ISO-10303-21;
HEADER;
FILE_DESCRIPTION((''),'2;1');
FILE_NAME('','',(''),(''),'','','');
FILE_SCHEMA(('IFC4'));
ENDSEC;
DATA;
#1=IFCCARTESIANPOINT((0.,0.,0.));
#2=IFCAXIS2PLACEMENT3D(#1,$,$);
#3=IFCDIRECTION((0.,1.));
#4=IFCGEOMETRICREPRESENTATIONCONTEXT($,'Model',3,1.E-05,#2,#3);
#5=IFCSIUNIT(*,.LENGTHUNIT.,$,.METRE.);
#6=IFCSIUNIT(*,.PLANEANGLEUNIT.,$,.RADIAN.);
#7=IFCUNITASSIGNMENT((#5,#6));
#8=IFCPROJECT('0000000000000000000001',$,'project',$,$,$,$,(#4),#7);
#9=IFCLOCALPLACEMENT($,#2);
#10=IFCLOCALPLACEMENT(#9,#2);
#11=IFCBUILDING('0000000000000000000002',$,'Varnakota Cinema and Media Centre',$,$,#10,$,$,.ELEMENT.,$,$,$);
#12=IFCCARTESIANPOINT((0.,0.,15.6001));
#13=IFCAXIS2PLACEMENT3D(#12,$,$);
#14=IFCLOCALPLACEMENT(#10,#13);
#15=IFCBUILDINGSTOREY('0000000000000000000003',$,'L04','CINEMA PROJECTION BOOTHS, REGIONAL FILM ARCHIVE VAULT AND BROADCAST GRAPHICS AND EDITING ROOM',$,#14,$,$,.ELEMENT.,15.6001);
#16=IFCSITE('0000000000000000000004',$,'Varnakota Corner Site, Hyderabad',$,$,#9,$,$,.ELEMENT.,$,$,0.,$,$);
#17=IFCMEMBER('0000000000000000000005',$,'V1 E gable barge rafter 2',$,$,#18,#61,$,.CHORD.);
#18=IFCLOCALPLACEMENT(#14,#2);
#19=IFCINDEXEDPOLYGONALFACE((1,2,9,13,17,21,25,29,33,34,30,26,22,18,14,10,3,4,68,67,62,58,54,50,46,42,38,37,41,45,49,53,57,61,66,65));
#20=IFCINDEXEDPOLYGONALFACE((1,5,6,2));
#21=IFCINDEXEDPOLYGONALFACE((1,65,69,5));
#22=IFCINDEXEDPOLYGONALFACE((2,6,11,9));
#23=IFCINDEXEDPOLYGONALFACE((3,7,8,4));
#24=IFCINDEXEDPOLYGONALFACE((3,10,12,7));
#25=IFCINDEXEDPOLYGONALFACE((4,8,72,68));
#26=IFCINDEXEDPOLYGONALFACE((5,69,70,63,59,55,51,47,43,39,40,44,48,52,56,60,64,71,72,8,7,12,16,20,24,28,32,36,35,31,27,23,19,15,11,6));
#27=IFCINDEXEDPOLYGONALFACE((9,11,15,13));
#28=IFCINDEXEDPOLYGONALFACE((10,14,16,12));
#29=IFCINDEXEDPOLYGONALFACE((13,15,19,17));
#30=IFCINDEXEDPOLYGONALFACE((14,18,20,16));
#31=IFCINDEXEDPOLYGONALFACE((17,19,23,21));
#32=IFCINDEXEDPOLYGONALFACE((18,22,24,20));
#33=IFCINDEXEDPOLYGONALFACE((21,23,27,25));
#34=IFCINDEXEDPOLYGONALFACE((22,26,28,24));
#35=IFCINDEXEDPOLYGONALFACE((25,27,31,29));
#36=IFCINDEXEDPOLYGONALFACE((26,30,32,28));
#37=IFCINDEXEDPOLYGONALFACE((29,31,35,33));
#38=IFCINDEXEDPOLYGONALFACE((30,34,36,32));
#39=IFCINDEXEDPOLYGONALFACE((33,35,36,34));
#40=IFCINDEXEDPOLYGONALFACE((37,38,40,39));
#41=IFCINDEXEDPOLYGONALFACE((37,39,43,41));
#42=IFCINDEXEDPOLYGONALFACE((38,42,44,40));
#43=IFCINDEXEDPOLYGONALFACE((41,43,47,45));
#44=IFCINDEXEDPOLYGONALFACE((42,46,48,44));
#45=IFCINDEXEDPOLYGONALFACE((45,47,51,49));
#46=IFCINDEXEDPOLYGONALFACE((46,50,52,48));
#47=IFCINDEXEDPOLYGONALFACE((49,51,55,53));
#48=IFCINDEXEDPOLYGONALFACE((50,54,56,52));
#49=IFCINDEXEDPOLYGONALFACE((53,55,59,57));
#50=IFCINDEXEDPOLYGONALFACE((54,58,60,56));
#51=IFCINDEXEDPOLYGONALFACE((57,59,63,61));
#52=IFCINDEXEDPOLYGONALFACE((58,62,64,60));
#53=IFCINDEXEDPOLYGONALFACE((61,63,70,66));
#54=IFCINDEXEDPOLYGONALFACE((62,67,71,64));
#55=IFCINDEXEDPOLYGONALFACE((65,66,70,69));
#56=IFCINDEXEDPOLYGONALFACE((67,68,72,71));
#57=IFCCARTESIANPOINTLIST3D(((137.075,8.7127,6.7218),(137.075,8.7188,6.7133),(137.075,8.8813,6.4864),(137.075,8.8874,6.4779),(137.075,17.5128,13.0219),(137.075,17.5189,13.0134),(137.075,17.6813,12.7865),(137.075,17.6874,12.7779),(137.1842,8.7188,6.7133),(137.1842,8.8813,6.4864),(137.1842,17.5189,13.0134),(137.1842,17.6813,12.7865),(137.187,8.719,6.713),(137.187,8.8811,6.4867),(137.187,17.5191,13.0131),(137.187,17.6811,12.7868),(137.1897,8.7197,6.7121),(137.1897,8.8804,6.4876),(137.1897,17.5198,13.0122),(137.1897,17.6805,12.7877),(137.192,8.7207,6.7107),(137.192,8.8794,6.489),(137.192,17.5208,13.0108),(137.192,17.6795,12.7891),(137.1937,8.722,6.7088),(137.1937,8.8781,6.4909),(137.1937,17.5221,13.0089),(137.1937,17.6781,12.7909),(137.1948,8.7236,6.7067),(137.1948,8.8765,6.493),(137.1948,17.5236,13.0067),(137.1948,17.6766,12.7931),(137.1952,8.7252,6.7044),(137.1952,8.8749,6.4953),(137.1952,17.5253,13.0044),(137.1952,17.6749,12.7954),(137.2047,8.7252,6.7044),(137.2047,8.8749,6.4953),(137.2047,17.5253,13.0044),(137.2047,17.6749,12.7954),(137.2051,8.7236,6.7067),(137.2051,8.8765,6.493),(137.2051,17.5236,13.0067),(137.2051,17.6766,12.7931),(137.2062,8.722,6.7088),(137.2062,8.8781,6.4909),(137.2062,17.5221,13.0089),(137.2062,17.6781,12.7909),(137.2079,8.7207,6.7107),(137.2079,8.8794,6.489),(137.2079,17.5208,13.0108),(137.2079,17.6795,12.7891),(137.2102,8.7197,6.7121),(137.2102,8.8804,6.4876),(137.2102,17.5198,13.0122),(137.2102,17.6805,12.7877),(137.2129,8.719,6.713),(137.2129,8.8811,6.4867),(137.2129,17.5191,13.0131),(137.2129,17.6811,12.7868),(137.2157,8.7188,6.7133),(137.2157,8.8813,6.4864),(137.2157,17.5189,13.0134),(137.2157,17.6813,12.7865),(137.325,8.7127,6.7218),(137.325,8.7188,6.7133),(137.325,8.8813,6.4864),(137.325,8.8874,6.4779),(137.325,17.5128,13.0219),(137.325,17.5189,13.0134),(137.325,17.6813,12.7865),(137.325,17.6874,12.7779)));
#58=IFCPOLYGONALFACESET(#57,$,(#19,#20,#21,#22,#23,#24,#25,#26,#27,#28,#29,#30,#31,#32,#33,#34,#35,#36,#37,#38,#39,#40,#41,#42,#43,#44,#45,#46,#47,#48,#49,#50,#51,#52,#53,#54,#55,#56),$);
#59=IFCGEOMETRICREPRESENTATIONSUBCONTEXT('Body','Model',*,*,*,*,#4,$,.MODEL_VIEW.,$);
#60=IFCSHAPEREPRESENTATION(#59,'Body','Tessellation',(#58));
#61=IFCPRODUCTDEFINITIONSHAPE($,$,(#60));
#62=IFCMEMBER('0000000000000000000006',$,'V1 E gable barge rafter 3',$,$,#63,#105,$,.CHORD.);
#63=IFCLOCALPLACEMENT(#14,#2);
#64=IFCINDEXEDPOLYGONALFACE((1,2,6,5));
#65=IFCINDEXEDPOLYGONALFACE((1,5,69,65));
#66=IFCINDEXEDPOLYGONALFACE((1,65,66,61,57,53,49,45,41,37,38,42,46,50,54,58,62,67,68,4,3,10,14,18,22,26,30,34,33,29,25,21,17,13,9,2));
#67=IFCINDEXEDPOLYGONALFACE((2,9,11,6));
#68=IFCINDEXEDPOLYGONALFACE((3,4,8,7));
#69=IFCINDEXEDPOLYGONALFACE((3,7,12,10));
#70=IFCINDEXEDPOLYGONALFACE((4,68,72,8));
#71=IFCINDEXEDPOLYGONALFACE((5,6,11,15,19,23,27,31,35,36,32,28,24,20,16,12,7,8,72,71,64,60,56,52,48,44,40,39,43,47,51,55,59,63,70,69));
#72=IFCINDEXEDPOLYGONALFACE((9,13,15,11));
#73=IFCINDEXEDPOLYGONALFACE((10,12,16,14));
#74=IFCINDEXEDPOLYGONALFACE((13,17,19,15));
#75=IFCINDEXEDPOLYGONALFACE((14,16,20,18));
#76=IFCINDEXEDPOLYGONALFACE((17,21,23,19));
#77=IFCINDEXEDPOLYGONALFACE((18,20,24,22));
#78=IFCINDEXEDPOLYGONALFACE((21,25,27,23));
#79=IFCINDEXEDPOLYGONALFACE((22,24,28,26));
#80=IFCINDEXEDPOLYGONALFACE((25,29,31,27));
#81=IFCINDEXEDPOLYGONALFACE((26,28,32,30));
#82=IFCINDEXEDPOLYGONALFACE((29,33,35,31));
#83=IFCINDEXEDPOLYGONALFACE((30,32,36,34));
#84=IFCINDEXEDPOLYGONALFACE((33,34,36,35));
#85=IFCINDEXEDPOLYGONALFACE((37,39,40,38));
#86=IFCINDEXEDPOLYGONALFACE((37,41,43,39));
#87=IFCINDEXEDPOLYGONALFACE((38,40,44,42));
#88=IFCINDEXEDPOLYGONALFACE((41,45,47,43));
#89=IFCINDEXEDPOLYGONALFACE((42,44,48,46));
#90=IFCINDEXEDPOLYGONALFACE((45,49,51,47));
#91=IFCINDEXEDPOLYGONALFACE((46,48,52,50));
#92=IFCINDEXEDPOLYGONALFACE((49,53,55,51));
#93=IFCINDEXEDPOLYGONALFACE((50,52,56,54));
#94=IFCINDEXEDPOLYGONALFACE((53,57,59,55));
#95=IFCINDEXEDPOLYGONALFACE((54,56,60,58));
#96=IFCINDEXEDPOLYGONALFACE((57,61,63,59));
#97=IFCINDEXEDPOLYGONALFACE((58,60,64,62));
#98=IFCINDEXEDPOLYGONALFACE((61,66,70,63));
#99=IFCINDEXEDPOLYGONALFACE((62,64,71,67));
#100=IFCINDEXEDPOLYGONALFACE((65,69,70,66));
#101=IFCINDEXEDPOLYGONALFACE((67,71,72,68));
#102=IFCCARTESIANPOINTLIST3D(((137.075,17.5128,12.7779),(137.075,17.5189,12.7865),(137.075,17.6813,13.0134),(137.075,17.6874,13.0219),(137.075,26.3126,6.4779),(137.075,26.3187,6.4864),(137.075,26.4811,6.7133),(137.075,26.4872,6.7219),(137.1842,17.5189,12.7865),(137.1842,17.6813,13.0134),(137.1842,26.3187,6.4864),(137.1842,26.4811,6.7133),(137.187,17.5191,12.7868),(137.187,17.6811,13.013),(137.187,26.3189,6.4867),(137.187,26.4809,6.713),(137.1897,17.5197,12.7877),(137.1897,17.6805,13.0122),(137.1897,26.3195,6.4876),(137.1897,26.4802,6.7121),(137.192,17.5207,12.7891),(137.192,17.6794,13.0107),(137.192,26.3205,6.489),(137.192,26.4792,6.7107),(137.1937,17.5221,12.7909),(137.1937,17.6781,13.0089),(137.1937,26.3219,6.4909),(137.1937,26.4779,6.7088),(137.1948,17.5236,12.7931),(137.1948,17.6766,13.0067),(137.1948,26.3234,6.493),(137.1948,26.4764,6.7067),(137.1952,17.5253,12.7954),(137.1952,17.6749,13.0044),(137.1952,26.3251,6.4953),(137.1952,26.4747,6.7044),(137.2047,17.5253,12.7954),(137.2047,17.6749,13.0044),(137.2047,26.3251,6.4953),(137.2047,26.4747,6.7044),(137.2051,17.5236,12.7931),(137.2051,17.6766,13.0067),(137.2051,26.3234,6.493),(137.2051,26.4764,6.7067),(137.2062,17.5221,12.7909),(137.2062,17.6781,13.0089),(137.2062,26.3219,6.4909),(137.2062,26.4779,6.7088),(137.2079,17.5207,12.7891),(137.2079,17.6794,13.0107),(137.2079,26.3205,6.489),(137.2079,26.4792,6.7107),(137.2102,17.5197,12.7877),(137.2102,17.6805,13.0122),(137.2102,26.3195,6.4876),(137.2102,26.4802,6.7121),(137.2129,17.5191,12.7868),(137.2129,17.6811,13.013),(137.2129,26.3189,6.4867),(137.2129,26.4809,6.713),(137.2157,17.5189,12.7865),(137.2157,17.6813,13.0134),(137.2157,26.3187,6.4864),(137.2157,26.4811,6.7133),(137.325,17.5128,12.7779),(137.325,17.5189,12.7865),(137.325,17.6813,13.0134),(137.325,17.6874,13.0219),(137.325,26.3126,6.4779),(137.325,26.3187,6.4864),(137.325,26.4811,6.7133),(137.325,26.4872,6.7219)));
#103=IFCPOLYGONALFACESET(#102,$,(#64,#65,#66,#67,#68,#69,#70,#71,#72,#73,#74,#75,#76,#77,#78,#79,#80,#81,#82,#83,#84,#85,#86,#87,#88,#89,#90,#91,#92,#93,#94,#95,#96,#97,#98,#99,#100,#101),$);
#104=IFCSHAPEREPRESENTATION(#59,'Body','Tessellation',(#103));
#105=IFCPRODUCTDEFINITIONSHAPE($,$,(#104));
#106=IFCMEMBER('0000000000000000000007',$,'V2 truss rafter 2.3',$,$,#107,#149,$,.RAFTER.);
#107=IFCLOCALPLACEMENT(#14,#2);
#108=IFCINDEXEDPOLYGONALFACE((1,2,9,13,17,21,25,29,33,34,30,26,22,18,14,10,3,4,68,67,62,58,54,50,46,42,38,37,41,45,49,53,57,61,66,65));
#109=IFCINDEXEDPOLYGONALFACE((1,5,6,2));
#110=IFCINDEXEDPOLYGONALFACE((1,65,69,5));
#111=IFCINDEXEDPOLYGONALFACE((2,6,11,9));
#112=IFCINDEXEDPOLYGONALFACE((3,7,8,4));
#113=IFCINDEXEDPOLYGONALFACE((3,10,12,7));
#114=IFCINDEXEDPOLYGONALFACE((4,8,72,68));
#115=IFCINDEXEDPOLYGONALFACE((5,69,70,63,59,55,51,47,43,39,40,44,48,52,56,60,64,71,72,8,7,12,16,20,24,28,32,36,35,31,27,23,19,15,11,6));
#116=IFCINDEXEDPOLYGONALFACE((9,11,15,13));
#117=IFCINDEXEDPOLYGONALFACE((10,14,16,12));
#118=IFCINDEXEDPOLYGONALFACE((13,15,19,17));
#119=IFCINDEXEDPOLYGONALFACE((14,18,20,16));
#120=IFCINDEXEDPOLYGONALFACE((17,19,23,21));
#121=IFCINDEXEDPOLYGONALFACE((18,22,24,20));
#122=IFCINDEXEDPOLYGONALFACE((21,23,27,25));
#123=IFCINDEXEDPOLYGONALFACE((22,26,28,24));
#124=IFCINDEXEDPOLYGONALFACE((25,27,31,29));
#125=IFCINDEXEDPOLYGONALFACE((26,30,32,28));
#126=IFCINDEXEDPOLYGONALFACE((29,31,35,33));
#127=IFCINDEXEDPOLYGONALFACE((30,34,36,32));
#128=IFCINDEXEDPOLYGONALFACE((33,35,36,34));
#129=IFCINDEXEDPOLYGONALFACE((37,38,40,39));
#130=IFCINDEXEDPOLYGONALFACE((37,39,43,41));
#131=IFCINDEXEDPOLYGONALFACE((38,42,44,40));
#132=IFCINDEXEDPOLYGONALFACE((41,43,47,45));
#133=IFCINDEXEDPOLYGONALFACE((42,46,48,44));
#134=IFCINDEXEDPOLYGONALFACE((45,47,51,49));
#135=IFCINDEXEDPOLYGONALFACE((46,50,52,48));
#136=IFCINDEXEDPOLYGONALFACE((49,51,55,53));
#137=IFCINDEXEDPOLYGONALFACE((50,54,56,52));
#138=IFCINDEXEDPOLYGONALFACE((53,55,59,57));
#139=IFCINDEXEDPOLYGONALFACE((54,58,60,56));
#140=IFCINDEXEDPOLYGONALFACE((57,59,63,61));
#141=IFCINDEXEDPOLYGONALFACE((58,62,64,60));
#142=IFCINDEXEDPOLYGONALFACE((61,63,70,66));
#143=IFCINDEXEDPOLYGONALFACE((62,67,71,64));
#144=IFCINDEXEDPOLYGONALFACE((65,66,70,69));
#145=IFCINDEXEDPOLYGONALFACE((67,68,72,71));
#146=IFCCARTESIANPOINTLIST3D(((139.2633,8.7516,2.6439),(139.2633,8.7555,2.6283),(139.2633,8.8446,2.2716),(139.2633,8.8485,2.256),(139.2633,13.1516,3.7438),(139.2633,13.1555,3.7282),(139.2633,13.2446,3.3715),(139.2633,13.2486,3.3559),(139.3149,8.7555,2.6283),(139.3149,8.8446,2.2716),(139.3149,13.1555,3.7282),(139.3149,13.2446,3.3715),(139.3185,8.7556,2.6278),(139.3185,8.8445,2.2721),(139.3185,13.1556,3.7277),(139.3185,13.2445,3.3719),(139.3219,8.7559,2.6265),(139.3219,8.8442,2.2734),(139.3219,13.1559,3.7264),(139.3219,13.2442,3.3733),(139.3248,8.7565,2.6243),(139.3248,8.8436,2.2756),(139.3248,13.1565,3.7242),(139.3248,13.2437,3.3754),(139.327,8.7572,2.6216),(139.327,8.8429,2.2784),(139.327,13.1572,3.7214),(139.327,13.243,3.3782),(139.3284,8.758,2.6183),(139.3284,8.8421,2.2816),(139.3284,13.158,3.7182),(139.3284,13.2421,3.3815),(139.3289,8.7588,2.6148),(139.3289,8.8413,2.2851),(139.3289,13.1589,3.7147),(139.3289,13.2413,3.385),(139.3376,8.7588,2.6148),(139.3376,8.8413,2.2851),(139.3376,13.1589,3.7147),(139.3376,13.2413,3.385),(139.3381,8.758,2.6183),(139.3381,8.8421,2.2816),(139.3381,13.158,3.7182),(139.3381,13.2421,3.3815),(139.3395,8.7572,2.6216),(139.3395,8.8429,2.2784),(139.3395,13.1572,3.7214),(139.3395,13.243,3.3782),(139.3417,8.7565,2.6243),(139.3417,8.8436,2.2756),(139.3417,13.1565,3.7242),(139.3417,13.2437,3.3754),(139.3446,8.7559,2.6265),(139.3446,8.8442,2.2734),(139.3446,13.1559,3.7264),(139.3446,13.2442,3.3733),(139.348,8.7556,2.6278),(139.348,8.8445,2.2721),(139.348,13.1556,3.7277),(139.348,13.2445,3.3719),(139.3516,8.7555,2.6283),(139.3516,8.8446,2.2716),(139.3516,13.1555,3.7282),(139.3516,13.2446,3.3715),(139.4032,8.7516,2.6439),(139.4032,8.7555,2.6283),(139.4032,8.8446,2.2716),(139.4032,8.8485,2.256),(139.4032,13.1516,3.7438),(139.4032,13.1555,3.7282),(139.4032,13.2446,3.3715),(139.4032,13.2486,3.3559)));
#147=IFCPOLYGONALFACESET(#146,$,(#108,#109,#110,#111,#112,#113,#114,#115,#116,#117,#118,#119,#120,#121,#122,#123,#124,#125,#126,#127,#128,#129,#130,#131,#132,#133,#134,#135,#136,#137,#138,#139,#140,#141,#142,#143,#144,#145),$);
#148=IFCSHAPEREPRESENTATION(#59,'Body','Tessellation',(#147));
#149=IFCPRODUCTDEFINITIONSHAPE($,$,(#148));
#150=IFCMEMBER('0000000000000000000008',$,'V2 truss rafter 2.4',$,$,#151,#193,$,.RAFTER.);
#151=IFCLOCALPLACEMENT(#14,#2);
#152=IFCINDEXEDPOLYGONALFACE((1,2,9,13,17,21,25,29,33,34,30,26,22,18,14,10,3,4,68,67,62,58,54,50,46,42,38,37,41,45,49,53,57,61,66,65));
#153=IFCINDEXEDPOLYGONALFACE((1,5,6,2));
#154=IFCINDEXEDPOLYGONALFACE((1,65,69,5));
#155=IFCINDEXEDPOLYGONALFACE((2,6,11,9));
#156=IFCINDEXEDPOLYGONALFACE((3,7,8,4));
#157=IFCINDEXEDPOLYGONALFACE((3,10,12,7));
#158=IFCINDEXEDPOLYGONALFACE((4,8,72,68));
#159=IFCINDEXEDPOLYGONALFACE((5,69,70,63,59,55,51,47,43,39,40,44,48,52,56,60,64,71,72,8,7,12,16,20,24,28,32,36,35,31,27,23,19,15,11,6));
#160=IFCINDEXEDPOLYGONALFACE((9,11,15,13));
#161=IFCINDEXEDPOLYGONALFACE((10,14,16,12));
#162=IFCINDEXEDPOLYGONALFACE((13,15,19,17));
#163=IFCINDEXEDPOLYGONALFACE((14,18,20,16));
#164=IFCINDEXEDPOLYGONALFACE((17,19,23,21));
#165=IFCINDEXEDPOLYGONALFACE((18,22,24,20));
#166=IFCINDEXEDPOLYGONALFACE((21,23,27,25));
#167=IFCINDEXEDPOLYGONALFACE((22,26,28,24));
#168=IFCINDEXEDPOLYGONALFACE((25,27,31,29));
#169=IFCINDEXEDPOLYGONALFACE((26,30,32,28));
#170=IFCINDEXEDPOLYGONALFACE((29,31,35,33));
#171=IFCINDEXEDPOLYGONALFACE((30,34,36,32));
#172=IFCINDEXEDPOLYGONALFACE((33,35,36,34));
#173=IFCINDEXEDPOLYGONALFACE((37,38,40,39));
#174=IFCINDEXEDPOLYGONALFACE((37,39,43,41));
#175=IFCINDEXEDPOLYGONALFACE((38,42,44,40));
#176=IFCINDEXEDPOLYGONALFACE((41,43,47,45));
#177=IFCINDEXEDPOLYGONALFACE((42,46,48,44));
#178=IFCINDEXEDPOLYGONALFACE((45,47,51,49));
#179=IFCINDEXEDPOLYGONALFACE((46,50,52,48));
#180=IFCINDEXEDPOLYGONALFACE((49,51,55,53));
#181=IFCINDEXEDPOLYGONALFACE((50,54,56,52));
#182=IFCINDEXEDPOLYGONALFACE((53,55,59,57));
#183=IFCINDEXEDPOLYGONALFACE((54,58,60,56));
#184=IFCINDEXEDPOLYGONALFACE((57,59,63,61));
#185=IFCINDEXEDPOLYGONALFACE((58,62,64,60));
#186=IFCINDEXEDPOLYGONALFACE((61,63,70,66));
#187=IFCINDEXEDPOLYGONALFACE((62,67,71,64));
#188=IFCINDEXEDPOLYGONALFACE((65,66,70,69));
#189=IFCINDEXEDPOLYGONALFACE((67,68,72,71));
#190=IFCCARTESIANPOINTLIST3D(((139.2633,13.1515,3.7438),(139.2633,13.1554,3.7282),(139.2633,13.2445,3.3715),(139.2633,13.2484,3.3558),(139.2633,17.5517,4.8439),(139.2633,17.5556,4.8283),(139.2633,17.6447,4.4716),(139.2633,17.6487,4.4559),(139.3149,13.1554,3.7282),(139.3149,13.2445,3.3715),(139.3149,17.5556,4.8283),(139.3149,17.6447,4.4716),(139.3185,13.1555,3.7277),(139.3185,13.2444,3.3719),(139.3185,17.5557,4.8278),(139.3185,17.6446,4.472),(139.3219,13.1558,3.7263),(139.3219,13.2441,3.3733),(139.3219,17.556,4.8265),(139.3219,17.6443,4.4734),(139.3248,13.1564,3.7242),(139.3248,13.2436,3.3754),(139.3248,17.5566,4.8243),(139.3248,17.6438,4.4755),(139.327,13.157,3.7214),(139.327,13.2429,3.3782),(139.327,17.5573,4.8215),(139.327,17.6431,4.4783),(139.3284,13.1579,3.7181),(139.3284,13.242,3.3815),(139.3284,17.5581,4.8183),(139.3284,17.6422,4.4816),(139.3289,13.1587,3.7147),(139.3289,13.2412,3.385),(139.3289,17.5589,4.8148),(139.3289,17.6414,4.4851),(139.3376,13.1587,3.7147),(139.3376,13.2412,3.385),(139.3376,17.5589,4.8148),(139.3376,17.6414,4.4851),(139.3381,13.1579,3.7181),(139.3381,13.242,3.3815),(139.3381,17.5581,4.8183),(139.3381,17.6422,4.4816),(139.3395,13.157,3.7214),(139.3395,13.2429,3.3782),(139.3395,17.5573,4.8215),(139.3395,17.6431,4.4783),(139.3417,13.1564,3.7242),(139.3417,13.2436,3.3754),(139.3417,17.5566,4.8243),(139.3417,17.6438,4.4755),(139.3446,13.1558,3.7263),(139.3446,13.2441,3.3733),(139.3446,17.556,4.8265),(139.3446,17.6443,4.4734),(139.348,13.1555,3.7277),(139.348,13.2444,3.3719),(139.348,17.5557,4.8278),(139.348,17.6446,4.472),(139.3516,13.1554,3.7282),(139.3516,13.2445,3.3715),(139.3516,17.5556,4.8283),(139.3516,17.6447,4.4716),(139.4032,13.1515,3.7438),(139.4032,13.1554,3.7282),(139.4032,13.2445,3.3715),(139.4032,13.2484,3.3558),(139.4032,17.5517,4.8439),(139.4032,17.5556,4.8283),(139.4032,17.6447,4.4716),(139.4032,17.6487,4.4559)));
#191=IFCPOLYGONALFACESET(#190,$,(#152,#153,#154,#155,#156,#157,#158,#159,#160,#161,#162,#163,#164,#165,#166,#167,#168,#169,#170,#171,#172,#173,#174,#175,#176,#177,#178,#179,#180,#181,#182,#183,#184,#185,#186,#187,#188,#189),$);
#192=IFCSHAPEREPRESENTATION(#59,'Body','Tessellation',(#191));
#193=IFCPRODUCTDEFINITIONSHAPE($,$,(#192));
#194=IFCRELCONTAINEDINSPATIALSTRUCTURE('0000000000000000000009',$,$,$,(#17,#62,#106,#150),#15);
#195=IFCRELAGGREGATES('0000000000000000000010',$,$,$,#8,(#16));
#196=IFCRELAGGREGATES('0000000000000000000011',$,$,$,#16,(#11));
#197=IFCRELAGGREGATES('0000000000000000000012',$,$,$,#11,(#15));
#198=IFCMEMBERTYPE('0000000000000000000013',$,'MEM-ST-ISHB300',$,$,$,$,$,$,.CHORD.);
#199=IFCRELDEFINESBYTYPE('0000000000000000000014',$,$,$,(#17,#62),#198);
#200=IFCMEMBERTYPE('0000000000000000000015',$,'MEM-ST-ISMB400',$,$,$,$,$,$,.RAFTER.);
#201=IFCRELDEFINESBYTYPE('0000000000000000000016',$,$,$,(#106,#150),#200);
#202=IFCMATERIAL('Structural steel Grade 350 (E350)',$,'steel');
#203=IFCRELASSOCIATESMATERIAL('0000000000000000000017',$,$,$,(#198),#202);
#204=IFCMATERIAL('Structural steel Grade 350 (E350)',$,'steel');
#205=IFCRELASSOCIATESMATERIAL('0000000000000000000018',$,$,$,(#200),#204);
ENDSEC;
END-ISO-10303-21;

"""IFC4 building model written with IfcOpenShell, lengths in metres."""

from ifc_helpers import new_model, si_unit, direction, frame, origin, origin_2d, place, context, subcontext, project, spatial, i_section, extrude, material, material_profile, profile_set, type_object, element, save


model = new_model("IFC4")

# Units and contexts
model_context = context("Model", 3, precision=1e-05, world=origin(), true_north=direction((0.0, 1.0)))
body_context = subcontext(model_context, "Body", "Model", "MODEL_VIEW")
ifc_project = project(units=[si_unit("LENGTHUNIT", "METRE"), si_unit("PLANEANGLEUNIT", "RADIAN")], contexts=[model_context])

# Site, building, storey
site_placement = place(None, origin())
site = spatial("IfcSite", under=ifc_project, at=site_placement, Name="Varnakota Corner Site, Hyderabad", CompositionType="ELEMENT", RefElevation=0.0)
building_placement = place(site_placement, origin())
building = spatial("IfcBuilding", under=site, at=building_placement, Name="Varnakota Cinema and Media Centre", CompositionType="ELEMENT")
storey_placement = place(building_placement, frame((0.0, 0.0, 15.6001)))
storey = spatial("IfcBuildingStorey", under=building, at=storey_placement, Name="L04", Description="CINEMA PROJECTION BOOTHS, REGIONAL FILM ARCHIVE VAULT AND BROADCAST GRAPHICS AND EDITING ROOM", CompositionType="ELEMENT", Elevation=15.6001)

# Members
ifc_material_1 = material(Name="Structural steel Grade 350 (E350)", Category="steel")
ifc_material_profile_1 = material_profile(ifc_material_1, i_section(OverallWidth=0.25, OverallDepth=0.3, WebThickness=0.0095, FlangeThickness=0.0105, FilletRadius=0.011, at=origin_2d()), Name="ISHB 300")
ifc_profile_set_1 = profile_set([ifc_material_profile_1], Name="Structural steel Grade 350 (E350)")
member_type_1 = type_object("IfcMemberType", Name="MEM-ST-ISHB300", PredefinedType="CHORD", material=ifc_profile_set_1)
member_1_placement = place(storey_placement, frame((137.2, 8.8, 6.5999), z_axis=(0.0, 0.813108, 0.582113), x_axis=(-1.0, 0.0, 0.0)))
element("IfcMember", 1, at=member_1_placement, inside=storey, type_object=member_type_1, Name="V1 E gable barge rafter 2", PredefinedType="CHORD", context=body_context, shape_type="SweptSolid", body=[
    extrude(i_section(OverallWidth=0.25, OverallDepth=0.3, WebThickness=0.0095, FlangeThickness=0.0105, FilletRadius=0.011, at=origin_2d()), origin(), (0.0, 0.0, 1.0), 10.8228),
])
member_2_placement = place(storey_placement, frame((137.2, 17.6001, 12.8999), z_axis=(0.0, 0.8131, -0.582123), x_axis=(-1.0, 0.0, 0.0)))
element("IfcMember", 2, at=member_2_placement, inside=storey, type_object=member_type_1, Name="V1 E gable barge rafter 3", PredefinedType="CHORD", context=body_context, shape_type="SweptSolid", body=[
    extrude(i_section(OverallWidth=0.25, OverallDepth=0.3, WebThickness=0.0095, FlangeThickness=0.0105, FilletRadius=0.011, at=origin_2d()), origin(), (0.0, 0.0, 1.0), 10.8225),
])
ifc_material_2 = material(Name="Structural steel Grade 350 (E350)", Category="steel")
ifc_material_profile_2 = material_profile(ifc_material_2, i_section(OverallWidth=0.1399, OverallDepth=0.3999, WebThickness=0.0088, FlangeThickness=0.0161, FilletRadius=0.0139, at=origin_2d()), Name="ISMB 400")
ifc_profile_set_2 = profile_set([ifc_material_profile_2], Name="Structural steel Grade 350 (E350)")
member_type_2 = type_object("IfcMemberType", Name="MEM-ST-ISMB400", PredefinedType="RAFTER", material=ifc_profile_set_2)
member_3_placement = place(storey_placement, frame((139.3333, 8.8, 2.45), z_axis=(0.0, 0.970149, 0.24251), x_axis=(-1.0, 0.0, 0.0)))
element("IfcMember", 3, at=member_3_placement, inside=storey, type_object=member_type_2, Name="V2 truss rafter 2.3", PredefinedType="RAFTER", context=body_context, shape_type="SweptSolid", body=[
    extrude(i_section(OverallWidth=0.1399, OverallDepth=0.3999, WebThickness=0.0088, FlangeThickness=0.0161, FilletRadius=0.0139, at=origin_2d()), origin(), (0.0, 0.0, 1.0), 4.5354),
])
member_4_placement = place(storey_placement, frame((139.3333, 13.2, 3.5498), z_axis=(0.0, 0.970139, 0.242548), x_axis=(-1.0, 0.0, 0.0)))
element("IfcMember", 4, at=member_4_placement, inside=storey, type_object=member_type_2, Name="V2 truss rafter 2.4", PredefinedType="RAFTER", context=body_context, shape_type="SweptSolid", body=[
    extrude(i_section(OverallWidth=0.1399, OverallDepth=0.3999, WebThickness=0.0088, FlangeThickness=0.0161, FilletRadius=0.0139, at=origin_2d()), origin(), (0.0, 0.0, 1.0), 4.5356),
])

save(model, "model.ifc")
